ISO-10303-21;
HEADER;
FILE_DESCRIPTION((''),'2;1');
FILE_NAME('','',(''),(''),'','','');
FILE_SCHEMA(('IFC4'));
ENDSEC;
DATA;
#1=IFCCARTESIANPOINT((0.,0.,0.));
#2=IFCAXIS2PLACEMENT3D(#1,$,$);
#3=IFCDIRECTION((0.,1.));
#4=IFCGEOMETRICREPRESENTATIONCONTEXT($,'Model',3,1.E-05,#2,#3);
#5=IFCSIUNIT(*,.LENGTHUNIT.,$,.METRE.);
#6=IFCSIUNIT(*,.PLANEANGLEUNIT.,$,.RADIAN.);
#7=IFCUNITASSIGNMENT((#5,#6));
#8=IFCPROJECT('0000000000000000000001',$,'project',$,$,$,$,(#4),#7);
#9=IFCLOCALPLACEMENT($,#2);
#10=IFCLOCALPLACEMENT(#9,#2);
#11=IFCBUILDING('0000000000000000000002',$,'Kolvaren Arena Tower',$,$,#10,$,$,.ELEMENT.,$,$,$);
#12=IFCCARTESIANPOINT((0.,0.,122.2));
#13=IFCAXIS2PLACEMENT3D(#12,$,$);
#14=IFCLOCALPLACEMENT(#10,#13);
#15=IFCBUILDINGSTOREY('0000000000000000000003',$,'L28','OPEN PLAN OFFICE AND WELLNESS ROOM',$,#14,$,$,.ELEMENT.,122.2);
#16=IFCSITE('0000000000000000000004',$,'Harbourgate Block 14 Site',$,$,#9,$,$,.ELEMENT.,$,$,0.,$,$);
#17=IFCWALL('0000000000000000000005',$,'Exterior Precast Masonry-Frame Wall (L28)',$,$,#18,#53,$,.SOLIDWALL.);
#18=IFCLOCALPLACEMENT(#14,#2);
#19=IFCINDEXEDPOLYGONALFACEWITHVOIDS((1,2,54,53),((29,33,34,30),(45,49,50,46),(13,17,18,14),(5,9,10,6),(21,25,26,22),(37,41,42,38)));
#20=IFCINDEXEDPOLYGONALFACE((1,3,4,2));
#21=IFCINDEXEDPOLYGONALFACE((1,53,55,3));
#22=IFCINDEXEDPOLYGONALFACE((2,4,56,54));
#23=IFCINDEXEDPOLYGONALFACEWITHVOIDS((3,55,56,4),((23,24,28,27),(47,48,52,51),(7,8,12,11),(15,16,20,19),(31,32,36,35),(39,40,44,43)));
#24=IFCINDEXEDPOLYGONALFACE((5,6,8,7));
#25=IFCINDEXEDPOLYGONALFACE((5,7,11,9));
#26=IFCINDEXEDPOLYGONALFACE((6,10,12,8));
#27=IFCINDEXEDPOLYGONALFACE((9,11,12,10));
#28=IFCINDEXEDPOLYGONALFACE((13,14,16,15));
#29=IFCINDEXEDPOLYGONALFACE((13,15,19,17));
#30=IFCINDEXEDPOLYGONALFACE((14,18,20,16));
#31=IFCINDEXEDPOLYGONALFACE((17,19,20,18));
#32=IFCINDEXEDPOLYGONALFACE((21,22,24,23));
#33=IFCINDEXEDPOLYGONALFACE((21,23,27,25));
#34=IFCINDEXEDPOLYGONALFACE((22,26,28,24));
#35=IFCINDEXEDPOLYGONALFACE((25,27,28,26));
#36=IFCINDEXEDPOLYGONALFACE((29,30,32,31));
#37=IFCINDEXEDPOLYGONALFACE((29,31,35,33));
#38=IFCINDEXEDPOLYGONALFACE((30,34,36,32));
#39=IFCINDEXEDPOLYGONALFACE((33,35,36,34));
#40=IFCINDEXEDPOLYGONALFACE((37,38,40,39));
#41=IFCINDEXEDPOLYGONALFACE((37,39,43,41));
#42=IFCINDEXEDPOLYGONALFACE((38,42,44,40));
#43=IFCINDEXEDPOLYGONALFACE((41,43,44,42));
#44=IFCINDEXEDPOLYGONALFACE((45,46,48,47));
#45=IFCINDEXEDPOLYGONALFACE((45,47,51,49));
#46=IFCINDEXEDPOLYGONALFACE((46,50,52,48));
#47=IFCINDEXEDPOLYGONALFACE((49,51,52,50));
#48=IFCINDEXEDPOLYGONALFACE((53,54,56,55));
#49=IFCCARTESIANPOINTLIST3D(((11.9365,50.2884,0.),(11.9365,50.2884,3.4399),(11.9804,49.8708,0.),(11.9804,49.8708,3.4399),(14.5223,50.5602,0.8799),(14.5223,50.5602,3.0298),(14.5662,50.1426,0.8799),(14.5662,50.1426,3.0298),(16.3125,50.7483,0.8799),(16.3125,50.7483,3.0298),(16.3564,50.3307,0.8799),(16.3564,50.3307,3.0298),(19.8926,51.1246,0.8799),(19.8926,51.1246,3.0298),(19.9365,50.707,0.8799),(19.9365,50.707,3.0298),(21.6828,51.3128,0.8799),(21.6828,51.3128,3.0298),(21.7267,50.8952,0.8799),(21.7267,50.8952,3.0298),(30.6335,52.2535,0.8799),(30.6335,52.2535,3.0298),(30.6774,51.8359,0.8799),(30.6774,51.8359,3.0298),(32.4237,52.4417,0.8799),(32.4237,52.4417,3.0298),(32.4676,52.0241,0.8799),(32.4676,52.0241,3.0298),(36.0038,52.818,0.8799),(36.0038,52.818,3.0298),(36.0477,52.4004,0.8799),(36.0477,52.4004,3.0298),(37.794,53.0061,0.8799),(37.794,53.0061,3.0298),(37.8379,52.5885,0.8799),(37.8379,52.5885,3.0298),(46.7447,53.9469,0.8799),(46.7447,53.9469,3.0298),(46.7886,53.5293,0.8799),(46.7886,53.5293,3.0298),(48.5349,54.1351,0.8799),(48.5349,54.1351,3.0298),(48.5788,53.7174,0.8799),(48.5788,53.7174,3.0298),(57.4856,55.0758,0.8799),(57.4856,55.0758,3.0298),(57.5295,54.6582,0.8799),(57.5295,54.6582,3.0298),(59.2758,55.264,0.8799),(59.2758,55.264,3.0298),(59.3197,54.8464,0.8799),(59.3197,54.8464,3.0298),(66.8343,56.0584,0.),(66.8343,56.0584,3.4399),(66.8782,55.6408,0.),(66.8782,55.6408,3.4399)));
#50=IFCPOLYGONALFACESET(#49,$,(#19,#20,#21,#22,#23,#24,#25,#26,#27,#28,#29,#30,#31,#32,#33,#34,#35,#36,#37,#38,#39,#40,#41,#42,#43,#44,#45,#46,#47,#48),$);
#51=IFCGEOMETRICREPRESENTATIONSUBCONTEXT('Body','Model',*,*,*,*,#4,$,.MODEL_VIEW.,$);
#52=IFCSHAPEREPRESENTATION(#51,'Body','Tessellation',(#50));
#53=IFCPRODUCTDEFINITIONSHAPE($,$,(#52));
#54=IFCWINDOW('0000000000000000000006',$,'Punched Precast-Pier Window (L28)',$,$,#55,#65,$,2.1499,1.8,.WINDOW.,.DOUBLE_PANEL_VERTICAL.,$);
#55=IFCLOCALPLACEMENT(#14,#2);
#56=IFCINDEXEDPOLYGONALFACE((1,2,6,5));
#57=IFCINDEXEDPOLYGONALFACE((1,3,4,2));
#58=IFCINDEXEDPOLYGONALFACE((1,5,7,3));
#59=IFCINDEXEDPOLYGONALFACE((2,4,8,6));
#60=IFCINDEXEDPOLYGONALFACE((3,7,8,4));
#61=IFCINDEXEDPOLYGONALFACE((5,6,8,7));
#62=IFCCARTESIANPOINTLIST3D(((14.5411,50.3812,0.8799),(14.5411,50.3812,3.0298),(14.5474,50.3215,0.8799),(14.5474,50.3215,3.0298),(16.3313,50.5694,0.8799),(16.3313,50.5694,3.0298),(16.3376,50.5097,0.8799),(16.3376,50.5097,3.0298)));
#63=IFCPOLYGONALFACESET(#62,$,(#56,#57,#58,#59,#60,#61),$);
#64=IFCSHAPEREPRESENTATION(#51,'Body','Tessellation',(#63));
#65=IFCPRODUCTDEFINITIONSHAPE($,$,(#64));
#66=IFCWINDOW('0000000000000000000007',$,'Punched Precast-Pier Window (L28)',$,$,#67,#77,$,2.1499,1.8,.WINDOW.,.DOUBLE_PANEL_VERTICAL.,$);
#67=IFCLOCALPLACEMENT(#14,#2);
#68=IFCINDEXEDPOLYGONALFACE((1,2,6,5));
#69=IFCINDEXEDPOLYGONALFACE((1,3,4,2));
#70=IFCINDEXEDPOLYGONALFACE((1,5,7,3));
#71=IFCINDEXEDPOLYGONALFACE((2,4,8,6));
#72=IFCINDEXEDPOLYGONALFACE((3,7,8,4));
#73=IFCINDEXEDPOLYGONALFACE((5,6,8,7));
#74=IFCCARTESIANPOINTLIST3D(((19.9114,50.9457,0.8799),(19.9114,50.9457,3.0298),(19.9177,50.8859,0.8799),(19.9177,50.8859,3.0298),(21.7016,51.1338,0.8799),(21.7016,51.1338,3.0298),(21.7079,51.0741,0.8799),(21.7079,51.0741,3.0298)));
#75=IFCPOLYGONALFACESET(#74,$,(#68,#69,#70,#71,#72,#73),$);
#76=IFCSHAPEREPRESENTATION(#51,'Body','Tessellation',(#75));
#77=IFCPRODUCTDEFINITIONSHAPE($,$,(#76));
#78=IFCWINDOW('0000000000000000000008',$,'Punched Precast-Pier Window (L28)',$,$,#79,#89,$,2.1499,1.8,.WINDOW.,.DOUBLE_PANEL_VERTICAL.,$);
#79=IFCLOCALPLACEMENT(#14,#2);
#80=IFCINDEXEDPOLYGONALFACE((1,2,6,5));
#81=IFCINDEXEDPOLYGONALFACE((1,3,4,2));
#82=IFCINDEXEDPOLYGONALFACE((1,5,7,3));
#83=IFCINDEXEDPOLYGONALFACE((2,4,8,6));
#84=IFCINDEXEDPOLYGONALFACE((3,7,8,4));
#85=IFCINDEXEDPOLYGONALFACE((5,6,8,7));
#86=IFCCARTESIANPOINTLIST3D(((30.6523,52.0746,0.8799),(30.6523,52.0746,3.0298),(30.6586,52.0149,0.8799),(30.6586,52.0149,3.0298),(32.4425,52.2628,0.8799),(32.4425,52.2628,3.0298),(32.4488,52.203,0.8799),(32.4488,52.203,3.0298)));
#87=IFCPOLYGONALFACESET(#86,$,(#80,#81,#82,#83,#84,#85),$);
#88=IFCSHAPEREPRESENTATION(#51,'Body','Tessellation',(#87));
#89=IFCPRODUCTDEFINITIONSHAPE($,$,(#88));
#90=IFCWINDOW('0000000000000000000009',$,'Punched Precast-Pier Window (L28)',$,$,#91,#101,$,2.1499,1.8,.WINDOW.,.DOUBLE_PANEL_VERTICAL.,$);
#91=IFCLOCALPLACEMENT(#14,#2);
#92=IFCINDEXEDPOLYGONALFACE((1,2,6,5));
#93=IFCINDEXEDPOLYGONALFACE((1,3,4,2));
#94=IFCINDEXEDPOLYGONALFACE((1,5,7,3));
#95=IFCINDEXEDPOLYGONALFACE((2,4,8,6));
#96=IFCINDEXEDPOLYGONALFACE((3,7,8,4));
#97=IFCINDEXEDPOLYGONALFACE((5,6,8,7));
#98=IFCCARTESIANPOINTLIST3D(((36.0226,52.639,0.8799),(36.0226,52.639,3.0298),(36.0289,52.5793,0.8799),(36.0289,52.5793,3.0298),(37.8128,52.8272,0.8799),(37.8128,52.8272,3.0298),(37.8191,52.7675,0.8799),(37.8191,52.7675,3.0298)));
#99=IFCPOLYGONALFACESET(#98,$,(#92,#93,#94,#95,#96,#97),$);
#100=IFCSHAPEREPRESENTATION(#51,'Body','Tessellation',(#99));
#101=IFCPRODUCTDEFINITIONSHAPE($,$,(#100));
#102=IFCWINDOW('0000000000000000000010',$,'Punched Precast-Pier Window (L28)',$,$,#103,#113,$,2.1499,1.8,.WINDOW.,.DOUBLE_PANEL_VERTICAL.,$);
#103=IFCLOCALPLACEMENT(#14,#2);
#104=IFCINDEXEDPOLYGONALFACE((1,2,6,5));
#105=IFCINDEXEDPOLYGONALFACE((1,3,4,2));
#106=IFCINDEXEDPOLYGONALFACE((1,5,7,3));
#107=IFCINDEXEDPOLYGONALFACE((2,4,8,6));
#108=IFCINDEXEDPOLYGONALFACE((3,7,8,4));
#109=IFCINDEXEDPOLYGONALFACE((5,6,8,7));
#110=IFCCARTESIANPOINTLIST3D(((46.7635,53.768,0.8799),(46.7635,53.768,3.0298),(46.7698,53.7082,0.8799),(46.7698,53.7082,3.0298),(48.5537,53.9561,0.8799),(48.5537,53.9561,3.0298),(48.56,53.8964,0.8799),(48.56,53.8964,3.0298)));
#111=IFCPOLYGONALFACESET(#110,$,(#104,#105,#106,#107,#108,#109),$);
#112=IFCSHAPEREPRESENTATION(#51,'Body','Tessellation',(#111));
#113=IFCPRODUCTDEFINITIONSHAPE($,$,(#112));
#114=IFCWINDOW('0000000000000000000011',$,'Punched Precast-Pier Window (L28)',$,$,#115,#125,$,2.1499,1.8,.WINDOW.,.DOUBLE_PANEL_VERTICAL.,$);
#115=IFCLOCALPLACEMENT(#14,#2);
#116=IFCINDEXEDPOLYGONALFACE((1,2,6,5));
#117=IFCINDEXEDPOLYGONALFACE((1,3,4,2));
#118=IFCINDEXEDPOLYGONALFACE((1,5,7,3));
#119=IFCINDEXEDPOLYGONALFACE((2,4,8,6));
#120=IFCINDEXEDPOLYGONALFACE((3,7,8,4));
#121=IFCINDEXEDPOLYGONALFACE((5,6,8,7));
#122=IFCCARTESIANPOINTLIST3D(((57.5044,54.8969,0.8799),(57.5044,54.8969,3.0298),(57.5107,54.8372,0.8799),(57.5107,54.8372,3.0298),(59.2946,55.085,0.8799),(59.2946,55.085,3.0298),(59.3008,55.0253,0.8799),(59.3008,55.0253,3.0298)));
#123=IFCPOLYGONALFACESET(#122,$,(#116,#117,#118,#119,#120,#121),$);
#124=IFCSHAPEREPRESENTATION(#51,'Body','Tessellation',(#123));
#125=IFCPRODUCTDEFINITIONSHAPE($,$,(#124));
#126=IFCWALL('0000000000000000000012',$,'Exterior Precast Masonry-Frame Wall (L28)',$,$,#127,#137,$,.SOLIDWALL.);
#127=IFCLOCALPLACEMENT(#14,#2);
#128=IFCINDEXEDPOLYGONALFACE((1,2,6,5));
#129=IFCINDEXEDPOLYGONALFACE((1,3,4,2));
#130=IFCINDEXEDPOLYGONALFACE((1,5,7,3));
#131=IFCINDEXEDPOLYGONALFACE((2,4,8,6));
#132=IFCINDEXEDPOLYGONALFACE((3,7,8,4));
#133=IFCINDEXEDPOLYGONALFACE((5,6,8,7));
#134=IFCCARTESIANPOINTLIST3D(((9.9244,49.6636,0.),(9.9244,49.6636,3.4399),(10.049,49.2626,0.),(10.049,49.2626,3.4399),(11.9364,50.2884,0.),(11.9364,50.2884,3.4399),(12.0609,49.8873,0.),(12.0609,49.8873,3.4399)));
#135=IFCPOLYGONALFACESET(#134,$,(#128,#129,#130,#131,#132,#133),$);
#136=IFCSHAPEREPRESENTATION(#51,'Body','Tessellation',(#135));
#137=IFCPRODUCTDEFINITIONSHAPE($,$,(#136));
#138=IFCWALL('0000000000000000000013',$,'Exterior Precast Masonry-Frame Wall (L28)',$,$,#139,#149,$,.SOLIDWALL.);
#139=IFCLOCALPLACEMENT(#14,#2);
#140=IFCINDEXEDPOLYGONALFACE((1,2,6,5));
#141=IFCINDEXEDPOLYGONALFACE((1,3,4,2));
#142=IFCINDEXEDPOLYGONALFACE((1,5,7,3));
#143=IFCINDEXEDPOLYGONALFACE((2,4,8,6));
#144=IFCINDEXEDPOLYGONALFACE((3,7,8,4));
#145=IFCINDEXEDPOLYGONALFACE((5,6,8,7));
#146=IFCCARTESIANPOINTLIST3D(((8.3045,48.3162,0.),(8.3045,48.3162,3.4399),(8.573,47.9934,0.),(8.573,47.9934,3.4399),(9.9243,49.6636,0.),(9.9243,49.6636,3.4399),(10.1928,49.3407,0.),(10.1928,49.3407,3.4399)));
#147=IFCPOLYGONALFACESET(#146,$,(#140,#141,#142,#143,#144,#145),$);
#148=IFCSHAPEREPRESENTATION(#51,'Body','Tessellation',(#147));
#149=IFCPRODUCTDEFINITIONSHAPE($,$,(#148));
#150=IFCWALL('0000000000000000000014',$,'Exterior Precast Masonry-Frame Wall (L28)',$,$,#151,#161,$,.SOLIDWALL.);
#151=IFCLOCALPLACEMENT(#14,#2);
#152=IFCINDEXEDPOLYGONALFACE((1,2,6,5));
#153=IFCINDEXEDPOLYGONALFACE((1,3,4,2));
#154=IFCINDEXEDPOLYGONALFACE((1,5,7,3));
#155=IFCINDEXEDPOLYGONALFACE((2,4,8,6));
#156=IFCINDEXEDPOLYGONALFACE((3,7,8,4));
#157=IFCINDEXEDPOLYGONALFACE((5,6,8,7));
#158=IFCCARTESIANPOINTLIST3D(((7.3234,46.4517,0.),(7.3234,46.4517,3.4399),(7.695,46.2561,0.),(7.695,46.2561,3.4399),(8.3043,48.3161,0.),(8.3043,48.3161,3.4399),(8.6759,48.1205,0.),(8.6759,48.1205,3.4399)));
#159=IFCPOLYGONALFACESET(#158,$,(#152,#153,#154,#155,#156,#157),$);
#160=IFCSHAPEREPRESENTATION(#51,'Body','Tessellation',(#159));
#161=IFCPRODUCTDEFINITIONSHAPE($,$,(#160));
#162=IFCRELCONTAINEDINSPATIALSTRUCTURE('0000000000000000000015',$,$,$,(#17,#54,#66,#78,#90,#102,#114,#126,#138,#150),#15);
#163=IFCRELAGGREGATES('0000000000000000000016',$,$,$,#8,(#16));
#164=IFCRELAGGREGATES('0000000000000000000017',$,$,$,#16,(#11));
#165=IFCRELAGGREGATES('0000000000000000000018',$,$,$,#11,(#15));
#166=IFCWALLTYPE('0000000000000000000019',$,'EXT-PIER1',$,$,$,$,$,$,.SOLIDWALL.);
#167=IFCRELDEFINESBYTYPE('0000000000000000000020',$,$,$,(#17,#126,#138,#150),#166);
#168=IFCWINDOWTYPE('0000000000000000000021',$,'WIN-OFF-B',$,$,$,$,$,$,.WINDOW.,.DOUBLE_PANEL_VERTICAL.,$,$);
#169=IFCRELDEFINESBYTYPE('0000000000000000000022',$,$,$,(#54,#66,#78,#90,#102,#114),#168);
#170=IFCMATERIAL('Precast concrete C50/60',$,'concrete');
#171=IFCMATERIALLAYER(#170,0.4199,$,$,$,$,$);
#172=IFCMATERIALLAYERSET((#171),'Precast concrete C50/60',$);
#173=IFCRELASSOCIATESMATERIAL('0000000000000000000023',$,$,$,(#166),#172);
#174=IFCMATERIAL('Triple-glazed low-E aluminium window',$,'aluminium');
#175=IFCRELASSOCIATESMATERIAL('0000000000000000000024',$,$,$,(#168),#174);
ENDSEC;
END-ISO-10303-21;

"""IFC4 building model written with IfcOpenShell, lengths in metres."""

from ifc_helpers import new_model, si_unit, direction, frame, frame_2d, origin, place, context, subcontext, project, spatial, rectangle, extrude, material, layer, layer_set, type_object, element, fill, save


model = new_model("IFC4")

# Units and contexts
model_context = context("Model", 3, precision=1e-05, world=origin(), true_north=direction((0.0, 1.0)))
body_context = subcontext(model_context, "Body", "Model", "MODEL_VIEW")
ifc_project = project(units=[si_unit("LENGTHUNIT", "METRE"), si_unit("PLANEANGLEUNIT", "RADIAN")], contexts=[model_context])

# Site, building, storey
site_placement = place(None, origin())
site = spatial("IfcSite", under=ifc_project, at=site_placement, Name="Harbourgate Block 14 Site", CompositionType="ELEMENT", RefElevation=0.0)
building_placement = place(site_placement, origin())
building = spatial("IfcBuilding", under=site, at=building_placement, Name="Kolvaren Arena Tower", CompositionType="ELEMENT")
storey_placement = place(building_placement, frame((0.0, 0.0, 122.2)))
storey = spatial("IfcBuildingStorey", under=building, at=storey_placement, Name="L28", Description="OPEN PLAN OFFICE AND WELLNESS ROOM", CompositionType="ELEMENT", Elevation=122.2)

# Wall, openings, windows
ifc_material_1 = material(Name="Precast concrete C50/60", Category="concrete")
ifc_layer_1 = layer(ifc_material_1, 0.4199)
ifc_layer_set_1 = layer_set([ifc_layer_1], Name="Precast concrete C50/60")
wall_type_1 = type_object("IfcWallType", Name="EXT-PIER1", PredefinedType="SOLIDWALL", material=ifc_layer_set_1)
wall_1_placement = place(storey_placement, frame((11.9585, 50.0796, 0.0), z_axis=(0.0, 0.0, 1.0), x_axis=(0.994522, 0.104529, 0.0)))
wall_1 = element("IfcWall", 1, at=wall_1_placement, inside=storey, type_object=wall_type_1, Name="Exterior Precast Masonry-Frame Wall (L28)", PredefinedType="SOLIDWALL", context=body_context, shape_type="SweptSolid", body=[
    extrude(rectangle(XDim=55.2002, YDim=0.4199, at=frame_2d((27.6001, 0.0))), origin(), (0.0, 0.0, 1.0), 3.4399),
])
opening_1_placement = place(wall_1_placement, frame((2.6001, 0.0, 0.8799)))
opening_1 = element("IfcOpeningElement", 2, at=opening_1_placement, cuts=wall_1, PredefinedType="OPENING", context=body_context, shape_type="SweptSolid", body=[
    extrude(rectangle(XDim=1.8, YDim=2.1499, at=frame_2d((0.8999, 1.075))), frame((0.0, 0.22, 0.0), z_axis=(0.0, -1.0, 0.0), x_axis=(1.0, 0.0, 0.0)), (0.0, 0.0, 1.0), 0.4399),
])
opening_2_placement = place(wall_1_placement, frame((8.0, 0.0, 0.8799)))
opening_2 = element("IfcOpeningElement", 3, at=opening_2_placement, cuts=wall_1, PredefinedType="OPENING", context=body_context, shape_type="SweptSolid", body=[
    extrude(rectangle(XDim=1.8, YDim=2.1499, at=frame_2d((0.8999, 1.075))), frame((0.0, 0.22, 0.0), z_axis=(0.0, -1.0, 0.0), x_axis=(1.0, 0.0, 0.0)), (0.0, 0.0, 1.0), 0.4399),
])
opening_3_placement = place(wall_1_placement, frame((18.8, 0.0, 0.8799)))
opening_3 = element("IfcOpeningElement", 4, at=opening_3_placement, cuts=wall_1, PredefinedType="OPENING", context=body_context, shape_type="SweptSolid", body=[
    extrude(rectangle(XDim=1.8, YDim=2.1499, at=frame_2d((0.8999, 1.075))), frame((0.0, 0.22, 0.0), z_axis=(0.0, -1.0, 0.0), x_axis=(1.0, 0.0, 0.0)), (0.0, 0.0, 1.0), 0.4399),
])
opening_4_placement = place(wall_1_placement, frame((24.2, 0.0, 0.8799)))
opening_4 = element("IfcOpeningElement", 5, at=opening_4_placement, cuts=wall_1, PredefinedType="OPENING", context=body_context, shape_type="SweptSolid", body=[
    extrude(rectangle(XDim=1.8, YDim=2.1499, at=frame_2d((0.8999, 1.075))), frame((0.0, 0.22, 0.0), z_axis=(0.0, -1.0, 0.0), x_axis=(1.0, 0.0, 0.0)), (0.0, 0.0, 1.0), 0.4399),
])
opening_5_placement = place(wall_1_placement, frame((35.0, 0.0, 0.8799)))
opening_5 = element("IfcOpeningElement", 6, at=opening_5_placement, cuts=wall_1, PredefinedType="OPENING", context=body_context, shape_type="SweptSolid", body=[
    extrude(rectangle(XDim=1.8, YDim=2.1499, at=frame_2d((0.8999, 1.075))), frame((0.0, 0.22, 0.0), z_axis=(0.0, -1.0, 0.0), x_axis=(1.0, 0.0, 0.0)), (0.0, 0.0, 1.0), 0.4399),
])
opening_6_placement = place(wall_1_placement, frame((45.8, 0.0, 0.8799)))
opening_6 = element("IfcOpeningElement", 7, at=opening_6_placement, cuts=wall_1, PredefinedType="OPENING", context=body_context, shape_type="SweptSolid", body=[
    extrude(rectangle(XDim=1.8, YDim=2.1499, at=frame_2d((0.8999, 1.075))), frame((0.0, 0.22, 0.0), z_axis=(0.0, -1.0, 0.0), x_axis=(1.0, 0.0, 0.0)), (0.0, 0.0, 1.0), 0.4399),
])
ifc_material_2 = material(Name="Triple-glazed low-E aluminium window", Category="aluminium")
window_type = type_object("IfcWindowType", Name="WIN-OFF-B", PartitioningType="DOUBLE_PANEL_VERTICAL", PredefinedType="WINDOW", material=ifc_material_2)
window_1_placement = place(opening_1_placement, origin())
window_1 = element("IfcWindow", 8, at=window_1_placement, inside=storey, type_object=window_type, Name="Punched Precast-Pier Window (L28)", OverallHeight=2.1499, OverallWidth=1.8, PartitioningType="DOUBLE_PANEL_VERTICAL", PredefinedType="WINDOW", context=body_context, shape_type="SweptSolid", body=[
    extrude(rectangle(XDim=1.8, YDim=2.1499, at=frame_2d((0.8999, 1.075))), frame((0.0, 0.03, 0.0), z_axis=(0.0, -1.0, 0.0), x_axis=(1.0, 0.0, 0.0)), (0.0, 0.0, 1.0), 0.0601),
])
fill(opening_1, window_1)
window_2_placement = place(opening_2_placement, origin())
window_2 = element("IfcWindow", 9, at=window_2_placement, inside=storey, type_object=window_type, Name="Punched Precast-Pier Window (L28)", OverallHeight=2.1499, OverallWidth=1.8, PartitioningType="DOUBLE_PANEL_VERTICAL", PredefinedType="WINDOW", context=body_context, shape_type="SweptSolid", body=[
    extrude(rectangle(XDim=1.8, YDim=2.1499, at=frame_2d((0.8999, 1.075))), frame((0.0, 0.03, 0.0), z_axis=(0.0, -1.0, 0.0), x_axis=(1.0, 0.0, 0.0)), (0.0, 0.0, 1.0), 0.0601),
])
fill(opening_2, window_2)
window_3_placement = place(opening_3_placement, origin())
window_3 = element("IfcWindow", 10, at=window_3_placement, inside=storey, type_object=window_type, Name="Punched Precast-Pier Window (L28)", OverallHeight=2.1499, OverallWidth=1.8, PartitioningType="DOUBLE_PANEL_VERTICAL", PredefinedType="WINDOW", context=body_context, shape_type="SweptSolid", body=[
    extrude(rectangle(XDim=1.8, YDim=2.1499, at=frame_2d((0.8999, 1.075))), frame((0.0, 0.03, 0.0), z_axis=(0.0, -1.0, 0.0), x_axis=(1.0, 0.0, 0.0)), (0.0, 0.0, 1.0), 0.0601),
])
fill(opening_3, window_3)
window_4_placement = place(opening_4_placement, origin())
window_4 = element("IfcWindow", 11, at=window_4_placement, inside=storey, type_object=window_type, Name="Punched Precast-Pier Window (L28)", OverallHeight=2.1499, OverallWidth=1.8, PartitioningType="DOUBLE_PANEL_VERTICAL", PredefinedType="WINDOW", context=body_context, shape_type="SweptSolid", body=[
    extrude(rectangle(XDim=1.8, YDim=2.1499, at=frame_2d((0.8999, 1.075))), frame((0.0, 0.03, 0.0), z_axis=(0.0, -1.0, 0.0), x_axis=(1.0, 0.0, 0.0)), (0.0, 0.0, 1.0), 0.0601),
])
fill(opening_4, window_4)
window_5_placement = place(opening_5_placement, origin())
window_5 = element("IfcWindow", 12, at=window_5_placement, inside=storey, type_object=window_type, Name="Punched Precast-Pier Window (L28)", OverallHeight=2.1499, OverallWidth=1.8, PartitioningType="DOUBLE_PANEL_VERTICAL", PredefinedType="WINDOW", context=body_context, shape_type="SweptSolid", body=[
    extrude(rectangle(XDim=1.8, YDim=2.1499, at=frame_2d((0.8999, 1.075))), frame((0.0, 0.03, 0.0), z_axis=(0.0, -1.0, 0.0), x_axis=(1.0, 0.0, 0.0)), (0.0, 0.0, 1.0), 0.0601),
])
fill(opening_5, window_5)
window_6_placement = place(opening_6_placement, origin())
window_6 = element("IfcWindow", 13, at=window_6_placement, inside=storey, type_object=window_type, Name="Punched Precast-Pier Window (L28)", OverallHeight=2.1499, OverallWidth=1.8, PartitioningType="DOUBLE_PANEL_VERTICAL", PredefinedType="WINDOW", context=body_context, shape_type="SweptSolid", body=[
    extrude(rectangle(XDim=1.8, YDim=2.1499, at=frame_2d((0.8999, 1.075))), frame((0.0, 0.03, 0.0), z_axis=(0.0, -1.0, 0.0), x_axis=(1.0, 0.0, 0.0)), (0.0, 0.0, 1.0), 0.0601),
])
fill(opening_6, window_6)

# Walls
wall_2_placement = place(storey_placement, frame((9.9868, 49.4631, 0.0), z_axis=(0.0, 0.0, 1.0), x_axis=(0.955017, 0.296552, 0.0)))
element("IfcWall", 14, at=wall_2_placement, inside=storey, type_object=wall_type_1, Name="Exterior Precast Masonry-Frame Wall (L28)", PredefinedType="SOLIDWALL", context=body_context, shape_type="SweptSolid", body=[
    extrude(rectangle(XDim=2.1067, YDim=0.4199, at=frame_2d((1.0532, 0.0))), origin(), (0.0, 0.0, 1.0), 3.4399),
])
wall_3_placement = place(storey_placement, frame((8.4387, 48.1548, 0.0), z_axis=(0.0, 0.0, 1.0), x_axis=(0.7688, 0.639489, 0.0)))
element("IfcWall", 15, at=wall_3_placement, inside=storey, type_object=wall_type_1, Name="Exterior Precast Masonry-Frame Wall (L28)", PredefinedType="SOLIDWALL", context=body_context, shape_type="SweptSolid", body=[
    extrude(rectangle(XDim=2.1069, YDim=0.4199, at=frame_2d((1.0535, 0.0))), origin(), (0.0, 0.0, 1.0), 3.4399),
])
wall_4_placement = place(storey_placement, frame((7.5093, 46.354, 0.0), z_axis=(0.0, 0.0, 1.0), x_axis=(0.465613, 0.884989, 0.0)))
element("IfcWall", 16, at=wall_4_placement, inside=storey, type_object=wall_type_1, Name="Exterior Precast Masonry-Frame Wall (L28)", PredefinedType="SOLIDWALL", context=body_context, shape_type="SweptSolid", body=[
    extrude(rectangle(XDim=2.1067, YDim=0.4199, at=frame_2d((1.0532, 0.0))), origin(), (0.0, 0.0, 1.0), 3.4399),
])

save(model, "model.ifc")
